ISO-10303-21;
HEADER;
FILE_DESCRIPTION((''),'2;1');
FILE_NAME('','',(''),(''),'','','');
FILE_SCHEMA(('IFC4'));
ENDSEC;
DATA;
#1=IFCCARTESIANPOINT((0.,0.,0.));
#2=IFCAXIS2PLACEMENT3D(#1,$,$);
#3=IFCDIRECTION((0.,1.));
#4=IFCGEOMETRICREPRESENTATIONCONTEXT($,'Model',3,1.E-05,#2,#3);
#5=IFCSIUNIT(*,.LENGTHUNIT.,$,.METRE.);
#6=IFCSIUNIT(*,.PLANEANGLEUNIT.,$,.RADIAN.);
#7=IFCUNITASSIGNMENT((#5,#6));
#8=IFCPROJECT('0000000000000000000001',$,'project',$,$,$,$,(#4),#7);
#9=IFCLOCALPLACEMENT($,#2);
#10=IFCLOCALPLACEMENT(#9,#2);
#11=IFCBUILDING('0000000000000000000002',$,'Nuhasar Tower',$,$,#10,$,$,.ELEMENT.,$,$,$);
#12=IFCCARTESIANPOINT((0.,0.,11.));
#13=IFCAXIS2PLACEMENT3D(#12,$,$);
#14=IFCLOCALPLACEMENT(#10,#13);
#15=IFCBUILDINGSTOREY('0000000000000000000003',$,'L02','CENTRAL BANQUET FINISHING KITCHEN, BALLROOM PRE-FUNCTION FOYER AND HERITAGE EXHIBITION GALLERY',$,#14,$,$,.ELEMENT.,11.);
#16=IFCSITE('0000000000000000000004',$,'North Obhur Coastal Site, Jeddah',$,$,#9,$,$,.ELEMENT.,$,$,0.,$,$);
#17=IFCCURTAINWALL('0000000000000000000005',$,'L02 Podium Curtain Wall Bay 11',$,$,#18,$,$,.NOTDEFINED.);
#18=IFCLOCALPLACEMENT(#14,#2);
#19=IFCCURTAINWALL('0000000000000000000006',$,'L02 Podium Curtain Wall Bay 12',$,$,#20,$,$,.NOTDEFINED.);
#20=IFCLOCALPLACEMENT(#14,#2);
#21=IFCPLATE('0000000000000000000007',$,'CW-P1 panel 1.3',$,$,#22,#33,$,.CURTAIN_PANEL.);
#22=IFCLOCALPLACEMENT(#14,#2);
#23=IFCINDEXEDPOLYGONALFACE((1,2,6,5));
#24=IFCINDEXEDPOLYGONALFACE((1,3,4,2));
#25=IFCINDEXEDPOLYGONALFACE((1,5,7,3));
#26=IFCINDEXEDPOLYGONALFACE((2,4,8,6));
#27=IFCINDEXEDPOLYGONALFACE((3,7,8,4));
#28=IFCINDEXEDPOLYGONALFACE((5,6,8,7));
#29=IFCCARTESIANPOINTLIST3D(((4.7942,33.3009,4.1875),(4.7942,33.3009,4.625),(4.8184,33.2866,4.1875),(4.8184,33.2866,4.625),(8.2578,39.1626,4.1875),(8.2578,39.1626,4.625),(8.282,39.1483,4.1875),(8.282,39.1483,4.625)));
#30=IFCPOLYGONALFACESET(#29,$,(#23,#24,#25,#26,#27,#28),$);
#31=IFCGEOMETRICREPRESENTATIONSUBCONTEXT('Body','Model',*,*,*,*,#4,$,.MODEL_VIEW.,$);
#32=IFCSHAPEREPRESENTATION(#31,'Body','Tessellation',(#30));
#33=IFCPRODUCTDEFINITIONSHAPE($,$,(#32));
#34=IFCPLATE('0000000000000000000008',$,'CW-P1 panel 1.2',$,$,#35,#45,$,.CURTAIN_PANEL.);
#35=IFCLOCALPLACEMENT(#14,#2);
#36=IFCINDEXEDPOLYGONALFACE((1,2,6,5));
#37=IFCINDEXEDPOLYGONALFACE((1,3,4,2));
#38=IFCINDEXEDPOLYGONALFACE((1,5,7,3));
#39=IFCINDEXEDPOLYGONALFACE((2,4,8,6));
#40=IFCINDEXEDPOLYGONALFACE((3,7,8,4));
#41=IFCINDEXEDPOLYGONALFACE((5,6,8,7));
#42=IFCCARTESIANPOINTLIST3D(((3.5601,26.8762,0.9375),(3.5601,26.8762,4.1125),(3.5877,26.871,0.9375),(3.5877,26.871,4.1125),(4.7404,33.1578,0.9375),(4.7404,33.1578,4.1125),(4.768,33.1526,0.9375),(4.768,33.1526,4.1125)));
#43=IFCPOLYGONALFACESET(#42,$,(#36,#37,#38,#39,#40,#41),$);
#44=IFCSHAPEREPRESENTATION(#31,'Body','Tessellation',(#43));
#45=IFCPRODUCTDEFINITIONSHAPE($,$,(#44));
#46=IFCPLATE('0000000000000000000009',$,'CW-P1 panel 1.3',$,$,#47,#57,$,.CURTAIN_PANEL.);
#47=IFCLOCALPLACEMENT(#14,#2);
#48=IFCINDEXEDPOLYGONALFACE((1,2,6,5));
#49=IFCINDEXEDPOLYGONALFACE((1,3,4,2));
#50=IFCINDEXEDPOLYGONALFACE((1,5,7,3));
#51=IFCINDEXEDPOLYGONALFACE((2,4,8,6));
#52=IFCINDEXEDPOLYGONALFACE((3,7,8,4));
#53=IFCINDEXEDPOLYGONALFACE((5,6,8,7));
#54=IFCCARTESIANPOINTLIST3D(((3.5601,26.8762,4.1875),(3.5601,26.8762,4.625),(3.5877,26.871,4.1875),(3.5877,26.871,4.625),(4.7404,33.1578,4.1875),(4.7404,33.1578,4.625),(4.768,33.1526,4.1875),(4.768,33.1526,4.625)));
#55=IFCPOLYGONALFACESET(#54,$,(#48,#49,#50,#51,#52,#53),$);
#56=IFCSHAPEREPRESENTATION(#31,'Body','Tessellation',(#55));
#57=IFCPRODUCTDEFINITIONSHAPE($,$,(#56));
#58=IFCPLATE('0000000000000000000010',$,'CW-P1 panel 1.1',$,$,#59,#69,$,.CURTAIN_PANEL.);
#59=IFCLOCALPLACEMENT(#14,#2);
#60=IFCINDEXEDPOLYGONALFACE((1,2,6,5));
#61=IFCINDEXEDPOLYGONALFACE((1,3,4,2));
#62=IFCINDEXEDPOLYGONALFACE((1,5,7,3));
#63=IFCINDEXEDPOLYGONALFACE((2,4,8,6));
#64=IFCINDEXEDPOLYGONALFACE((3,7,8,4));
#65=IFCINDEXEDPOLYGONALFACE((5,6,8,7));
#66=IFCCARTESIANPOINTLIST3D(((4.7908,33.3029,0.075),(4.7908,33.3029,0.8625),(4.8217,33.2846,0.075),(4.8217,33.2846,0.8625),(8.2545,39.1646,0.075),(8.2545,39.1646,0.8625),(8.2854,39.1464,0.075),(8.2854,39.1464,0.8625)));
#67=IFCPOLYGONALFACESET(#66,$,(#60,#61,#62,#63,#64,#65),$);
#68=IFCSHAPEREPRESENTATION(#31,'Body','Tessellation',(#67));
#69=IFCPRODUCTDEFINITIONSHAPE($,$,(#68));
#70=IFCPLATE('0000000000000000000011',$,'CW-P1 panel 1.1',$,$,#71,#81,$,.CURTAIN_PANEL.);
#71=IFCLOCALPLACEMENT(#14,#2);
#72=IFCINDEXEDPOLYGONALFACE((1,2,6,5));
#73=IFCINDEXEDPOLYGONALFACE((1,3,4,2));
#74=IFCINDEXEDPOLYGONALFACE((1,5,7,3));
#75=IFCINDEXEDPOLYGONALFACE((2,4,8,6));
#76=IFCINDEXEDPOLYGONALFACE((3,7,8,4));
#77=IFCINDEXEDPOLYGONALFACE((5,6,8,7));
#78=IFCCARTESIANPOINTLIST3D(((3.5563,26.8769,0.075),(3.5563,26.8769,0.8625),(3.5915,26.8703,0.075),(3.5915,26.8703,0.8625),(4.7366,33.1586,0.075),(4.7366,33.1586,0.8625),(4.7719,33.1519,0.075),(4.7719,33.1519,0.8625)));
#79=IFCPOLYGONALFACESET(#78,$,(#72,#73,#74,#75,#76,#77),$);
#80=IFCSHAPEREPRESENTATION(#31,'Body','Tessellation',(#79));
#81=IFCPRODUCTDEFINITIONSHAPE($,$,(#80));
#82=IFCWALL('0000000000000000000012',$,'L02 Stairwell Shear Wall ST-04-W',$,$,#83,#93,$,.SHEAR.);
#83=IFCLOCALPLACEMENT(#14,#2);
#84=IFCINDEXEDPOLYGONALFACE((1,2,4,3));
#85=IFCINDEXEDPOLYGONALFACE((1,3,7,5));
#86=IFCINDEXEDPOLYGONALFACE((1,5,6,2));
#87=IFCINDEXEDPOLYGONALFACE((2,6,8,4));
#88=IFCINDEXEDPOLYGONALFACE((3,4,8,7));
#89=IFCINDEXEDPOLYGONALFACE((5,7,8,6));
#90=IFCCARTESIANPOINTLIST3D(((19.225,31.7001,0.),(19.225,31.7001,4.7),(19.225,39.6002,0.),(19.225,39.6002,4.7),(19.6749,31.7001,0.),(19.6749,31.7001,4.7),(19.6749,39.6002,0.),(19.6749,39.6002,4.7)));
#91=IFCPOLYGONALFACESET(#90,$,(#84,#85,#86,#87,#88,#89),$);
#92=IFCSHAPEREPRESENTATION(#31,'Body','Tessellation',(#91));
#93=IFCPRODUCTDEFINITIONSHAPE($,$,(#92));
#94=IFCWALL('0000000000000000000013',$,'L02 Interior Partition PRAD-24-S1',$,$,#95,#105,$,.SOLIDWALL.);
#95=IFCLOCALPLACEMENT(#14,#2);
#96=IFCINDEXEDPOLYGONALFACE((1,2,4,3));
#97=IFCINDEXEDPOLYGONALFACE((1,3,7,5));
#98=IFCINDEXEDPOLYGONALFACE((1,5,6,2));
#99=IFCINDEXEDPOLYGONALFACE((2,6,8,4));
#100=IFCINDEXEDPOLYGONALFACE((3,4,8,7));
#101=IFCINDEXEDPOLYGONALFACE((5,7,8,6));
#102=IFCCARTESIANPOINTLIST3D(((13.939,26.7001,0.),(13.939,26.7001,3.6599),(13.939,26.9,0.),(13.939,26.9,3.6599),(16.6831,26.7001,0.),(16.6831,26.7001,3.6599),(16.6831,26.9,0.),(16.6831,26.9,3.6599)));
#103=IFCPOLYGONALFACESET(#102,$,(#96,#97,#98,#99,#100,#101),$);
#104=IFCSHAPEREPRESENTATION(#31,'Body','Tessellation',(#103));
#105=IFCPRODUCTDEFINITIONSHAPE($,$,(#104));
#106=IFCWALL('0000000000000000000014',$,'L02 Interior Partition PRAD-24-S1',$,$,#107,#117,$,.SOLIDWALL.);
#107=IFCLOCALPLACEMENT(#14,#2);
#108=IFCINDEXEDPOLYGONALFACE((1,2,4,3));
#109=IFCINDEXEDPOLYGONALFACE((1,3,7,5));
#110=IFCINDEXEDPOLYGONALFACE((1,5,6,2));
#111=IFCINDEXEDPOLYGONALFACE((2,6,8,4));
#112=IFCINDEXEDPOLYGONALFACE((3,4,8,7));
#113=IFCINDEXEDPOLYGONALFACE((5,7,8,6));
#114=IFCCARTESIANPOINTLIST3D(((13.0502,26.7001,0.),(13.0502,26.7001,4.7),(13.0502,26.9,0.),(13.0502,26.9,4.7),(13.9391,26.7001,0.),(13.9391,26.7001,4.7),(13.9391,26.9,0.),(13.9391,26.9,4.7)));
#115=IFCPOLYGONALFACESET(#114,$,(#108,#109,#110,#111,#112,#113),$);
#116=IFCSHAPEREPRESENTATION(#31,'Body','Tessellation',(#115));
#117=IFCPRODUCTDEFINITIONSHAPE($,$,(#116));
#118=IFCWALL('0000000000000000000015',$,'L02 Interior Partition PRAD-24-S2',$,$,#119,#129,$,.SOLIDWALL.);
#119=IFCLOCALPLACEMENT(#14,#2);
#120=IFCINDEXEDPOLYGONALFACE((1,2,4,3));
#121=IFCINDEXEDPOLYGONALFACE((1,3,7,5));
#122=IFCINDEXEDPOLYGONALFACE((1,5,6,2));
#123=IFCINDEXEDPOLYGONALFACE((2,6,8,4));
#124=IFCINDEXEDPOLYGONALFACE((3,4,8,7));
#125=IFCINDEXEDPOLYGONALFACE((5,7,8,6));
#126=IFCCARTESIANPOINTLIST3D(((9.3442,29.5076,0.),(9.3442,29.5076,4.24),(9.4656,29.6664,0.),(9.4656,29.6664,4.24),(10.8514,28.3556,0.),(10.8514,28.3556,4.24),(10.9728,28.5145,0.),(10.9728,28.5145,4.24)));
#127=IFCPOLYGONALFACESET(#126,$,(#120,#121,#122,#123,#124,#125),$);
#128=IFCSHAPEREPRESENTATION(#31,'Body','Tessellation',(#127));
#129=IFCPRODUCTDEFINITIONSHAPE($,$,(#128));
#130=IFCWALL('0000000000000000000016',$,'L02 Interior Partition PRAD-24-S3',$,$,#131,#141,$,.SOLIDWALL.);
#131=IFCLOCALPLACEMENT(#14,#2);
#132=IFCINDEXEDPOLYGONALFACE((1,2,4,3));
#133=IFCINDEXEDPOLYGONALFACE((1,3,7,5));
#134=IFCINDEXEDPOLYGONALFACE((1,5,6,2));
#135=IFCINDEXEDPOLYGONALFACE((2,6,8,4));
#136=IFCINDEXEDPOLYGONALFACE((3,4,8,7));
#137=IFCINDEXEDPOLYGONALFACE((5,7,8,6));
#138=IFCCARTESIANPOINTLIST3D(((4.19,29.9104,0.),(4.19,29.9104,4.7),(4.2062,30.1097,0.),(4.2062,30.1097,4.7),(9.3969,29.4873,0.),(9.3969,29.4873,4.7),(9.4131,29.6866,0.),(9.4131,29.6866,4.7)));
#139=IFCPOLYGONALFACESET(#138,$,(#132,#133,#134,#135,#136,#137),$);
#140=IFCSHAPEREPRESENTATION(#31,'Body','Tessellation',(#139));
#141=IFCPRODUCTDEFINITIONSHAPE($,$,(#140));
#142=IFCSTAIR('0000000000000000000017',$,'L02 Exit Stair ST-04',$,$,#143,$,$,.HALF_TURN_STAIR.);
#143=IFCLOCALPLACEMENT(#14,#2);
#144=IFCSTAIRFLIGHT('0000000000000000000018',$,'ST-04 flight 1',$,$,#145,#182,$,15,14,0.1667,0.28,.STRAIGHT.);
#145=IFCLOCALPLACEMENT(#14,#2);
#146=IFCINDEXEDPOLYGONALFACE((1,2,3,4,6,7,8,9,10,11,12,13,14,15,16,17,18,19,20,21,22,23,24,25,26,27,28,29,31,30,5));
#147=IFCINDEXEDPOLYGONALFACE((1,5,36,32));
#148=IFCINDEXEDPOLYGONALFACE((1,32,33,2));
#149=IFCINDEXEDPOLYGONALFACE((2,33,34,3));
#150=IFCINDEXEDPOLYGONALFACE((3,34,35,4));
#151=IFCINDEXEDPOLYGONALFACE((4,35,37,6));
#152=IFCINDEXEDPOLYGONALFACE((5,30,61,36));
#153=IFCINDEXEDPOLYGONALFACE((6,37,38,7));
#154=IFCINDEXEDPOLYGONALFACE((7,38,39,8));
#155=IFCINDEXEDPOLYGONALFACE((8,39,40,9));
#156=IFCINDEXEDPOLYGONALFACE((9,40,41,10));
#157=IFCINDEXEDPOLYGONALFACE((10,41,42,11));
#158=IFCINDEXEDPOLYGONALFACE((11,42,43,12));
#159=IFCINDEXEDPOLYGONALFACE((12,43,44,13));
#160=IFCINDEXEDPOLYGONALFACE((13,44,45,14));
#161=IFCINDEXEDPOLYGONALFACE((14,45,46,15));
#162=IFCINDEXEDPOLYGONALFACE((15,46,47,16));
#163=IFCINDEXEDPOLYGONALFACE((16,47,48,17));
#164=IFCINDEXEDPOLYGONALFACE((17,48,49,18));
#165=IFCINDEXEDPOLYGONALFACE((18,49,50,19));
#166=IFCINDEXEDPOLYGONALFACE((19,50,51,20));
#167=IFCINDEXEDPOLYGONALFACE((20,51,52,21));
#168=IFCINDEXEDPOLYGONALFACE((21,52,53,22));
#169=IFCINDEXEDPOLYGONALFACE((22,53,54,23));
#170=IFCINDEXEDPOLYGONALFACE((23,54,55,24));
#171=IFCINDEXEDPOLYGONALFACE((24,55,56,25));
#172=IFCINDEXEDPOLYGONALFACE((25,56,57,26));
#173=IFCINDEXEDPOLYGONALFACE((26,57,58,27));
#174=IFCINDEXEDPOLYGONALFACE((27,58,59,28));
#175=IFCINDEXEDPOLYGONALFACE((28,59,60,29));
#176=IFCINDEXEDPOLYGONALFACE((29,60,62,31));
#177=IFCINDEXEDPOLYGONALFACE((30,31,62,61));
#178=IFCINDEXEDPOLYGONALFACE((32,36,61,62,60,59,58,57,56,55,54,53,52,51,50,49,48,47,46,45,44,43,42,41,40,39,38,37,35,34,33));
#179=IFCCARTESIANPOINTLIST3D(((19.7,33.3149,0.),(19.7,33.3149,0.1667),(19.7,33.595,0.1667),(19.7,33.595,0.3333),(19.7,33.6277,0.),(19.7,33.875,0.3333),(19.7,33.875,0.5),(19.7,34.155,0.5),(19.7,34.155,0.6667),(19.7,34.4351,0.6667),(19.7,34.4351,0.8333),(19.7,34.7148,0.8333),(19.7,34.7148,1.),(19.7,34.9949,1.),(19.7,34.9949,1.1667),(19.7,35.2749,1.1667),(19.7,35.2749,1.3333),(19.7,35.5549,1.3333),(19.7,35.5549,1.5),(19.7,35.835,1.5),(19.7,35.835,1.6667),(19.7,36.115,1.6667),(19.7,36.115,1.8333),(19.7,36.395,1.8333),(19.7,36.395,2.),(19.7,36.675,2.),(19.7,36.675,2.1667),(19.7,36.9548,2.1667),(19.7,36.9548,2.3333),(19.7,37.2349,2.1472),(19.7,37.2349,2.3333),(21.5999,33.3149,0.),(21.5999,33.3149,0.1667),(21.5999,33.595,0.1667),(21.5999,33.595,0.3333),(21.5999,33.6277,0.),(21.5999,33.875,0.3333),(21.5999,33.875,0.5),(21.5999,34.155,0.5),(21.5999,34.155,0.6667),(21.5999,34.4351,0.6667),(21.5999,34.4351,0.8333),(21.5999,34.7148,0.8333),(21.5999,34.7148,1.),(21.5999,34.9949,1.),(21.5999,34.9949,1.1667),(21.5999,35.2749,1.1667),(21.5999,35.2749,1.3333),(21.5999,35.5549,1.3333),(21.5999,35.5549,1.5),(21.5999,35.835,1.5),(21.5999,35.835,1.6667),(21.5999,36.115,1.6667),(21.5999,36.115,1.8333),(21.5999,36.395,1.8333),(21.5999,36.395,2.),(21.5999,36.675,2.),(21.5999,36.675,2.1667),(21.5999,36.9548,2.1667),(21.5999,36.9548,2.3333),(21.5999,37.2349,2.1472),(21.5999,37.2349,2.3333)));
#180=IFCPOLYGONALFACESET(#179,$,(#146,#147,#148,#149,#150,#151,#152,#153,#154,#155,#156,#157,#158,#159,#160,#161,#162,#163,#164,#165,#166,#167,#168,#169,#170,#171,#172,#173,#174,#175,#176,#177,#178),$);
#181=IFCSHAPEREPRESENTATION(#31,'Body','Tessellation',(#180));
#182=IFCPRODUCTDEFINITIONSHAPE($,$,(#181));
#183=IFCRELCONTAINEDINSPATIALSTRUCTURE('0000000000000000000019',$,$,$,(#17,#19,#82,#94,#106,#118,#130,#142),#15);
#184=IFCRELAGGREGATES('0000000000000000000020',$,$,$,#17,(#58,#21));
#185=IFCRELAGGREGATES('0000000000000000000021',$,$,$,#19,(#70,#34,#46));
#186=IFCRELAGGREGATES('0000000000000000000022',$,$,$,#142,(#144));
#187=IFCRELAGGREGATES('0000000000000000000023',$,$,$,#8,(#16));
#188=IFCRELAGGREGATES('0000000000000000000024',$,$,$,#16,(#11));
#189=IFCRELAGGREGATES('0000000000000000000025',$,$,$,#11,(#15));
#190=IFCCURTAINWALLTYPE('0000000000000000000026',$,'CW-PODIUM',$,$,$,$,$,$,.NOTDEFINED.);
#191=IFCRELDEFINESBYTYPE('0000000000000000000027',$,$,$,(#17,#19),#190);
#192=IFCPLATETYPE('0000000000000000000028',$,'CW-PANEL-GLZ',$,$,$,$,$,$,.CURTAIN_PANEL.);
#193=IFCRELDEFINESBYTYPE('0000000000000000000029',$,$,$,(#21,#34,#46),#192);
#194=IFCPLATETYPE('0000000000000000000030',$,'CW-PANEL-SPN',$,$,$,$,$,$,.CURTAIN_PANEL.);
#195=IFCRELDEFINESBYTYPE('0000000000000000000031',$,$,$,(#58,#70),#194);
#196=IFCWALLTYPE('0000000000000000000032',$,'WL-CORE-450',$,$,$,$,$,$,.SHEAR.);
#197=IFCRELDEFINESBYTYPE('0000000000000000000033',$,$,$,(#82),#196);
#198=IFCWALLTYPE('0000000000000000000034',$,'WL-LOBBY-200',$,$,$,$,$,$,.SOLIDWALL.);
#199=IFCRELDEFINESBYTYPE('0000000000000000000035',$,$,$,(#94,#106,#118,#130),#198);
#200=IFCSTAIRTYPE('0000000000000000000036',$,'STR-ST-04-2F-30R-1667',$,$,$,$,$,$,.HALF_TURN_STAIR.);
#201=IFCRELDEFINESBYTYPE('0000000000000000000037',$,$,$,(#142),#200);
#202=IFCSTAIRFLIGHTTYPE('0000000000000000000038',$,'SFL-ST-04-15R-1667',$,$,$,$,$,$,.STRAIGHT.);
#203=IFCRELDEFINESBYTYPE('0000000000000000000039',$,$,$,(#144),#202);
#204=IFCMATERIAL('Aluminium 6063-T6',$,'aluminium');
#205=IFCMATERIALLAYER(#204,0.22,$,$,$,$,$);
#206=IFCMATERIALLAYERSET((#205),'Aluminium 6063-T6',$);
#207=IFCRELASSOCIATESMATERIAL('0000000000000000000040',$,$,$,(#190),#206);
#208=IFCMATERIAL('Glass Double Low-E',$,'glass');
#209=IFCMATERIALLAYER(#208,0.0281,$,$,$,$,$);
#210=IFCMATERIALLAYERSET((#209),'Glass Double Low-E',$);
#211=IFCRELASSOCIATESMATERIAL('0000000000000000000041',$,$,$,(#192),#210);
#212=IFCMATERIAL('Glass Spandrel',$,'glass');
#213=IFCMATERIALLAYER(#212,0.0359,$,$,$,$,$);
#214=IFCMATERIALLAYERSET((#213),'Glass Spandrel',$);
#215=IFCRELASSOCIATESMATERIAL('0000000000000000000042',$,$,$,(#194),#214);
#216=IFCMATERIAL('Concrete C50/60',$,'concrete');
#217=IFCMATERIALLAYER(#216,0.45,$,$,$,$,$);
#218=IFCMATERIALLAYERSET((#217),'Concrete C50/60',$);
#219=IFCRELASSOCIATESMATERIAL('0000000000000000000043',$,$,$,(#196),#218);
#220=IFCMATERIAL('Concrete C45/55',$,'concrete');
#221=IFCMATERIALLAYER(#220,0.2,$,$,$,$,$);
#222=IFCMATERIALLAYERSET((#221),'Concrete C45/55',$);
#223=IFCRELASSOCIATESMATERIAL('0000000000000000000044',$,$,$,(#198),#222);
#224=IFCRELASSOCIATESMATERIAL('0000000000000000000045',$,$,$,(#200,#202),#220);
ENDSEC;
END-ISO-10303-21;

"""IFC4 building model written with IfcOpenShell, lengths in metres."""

from ifc_helpers import new_model, si_unit, direction, frame, frame_2d, origin, origin_2d, place, context, subcontext, project, spatial, polyline, rectangle, outline, extrude, material, layer, layer_set, type_object, element, aggregate, save


model = new_model("IFC4")

# Units and contexts
model_context = context("Model", 3, precision=1e-05, world=origin(), true_north=direction((0.0, 1.0)))
body_context = subcontext(model_context, "Body", "Model", "MODEL_VIEW")
ifc_project = project(units=[si_unit("LENGTHUNIT", "METRE"), si_unit("PLANEANGLEUNIT", "RADIAN")], contexts=[model_context])

# Site, building, storey
site_placement = place(None, origin())
site = spatial("IfcSite", under=ifc_project, at=site_placement, Name="North Obhur Coastal Site, Jeddah", CompositionType="ELEMENT", RefElevation=0.0)
building_placement = place(site_placement, origin())
building = spatial("IfcBuilding", under=site, at=building_placement, Name="Nuhasar Tower", CompositionType="ELEMENT")
storey_placement = place(building_placement, frame((0.0, 0.0, 11.0)))
storey = spatial("IfcBuildingStorey", under=building, at=storey_placement, Name="L02", Description="CENTRAL BANQUET FINISHING KITCHEN, BALLROOM PRE-FUNCTION FOYER AND HERITAGE EXHIBITION GALLERY", CompositionType="ELEMENT", Elevation=11.0)

# Shared definitions
ifc_material_1 = material(Name="Concrete C50/60", Category="concrete")

# Curtain wall
ifc_material_2 = material(Name="Aluminium 6063-T6", Category="aluminium")
ifc_layer_1 = layer(ifc_material_2, 0.22)
ifc_layer_set_1 = layer_set([ifc_layer_1], Name="Aluminium 6063-T6")
curtain_wall_type = type_object("IfcCurtainWallType", Name="CW-PODIUM", PredefinedType="NOTDEFINED", material=ifc_layer_set_1)
curtain_wall_1_placement = place(storey_placement, origin())
curtain_wall_1 = element("IfcCurtainWall", 1, at=curtain_wall_1_placement, inside=storey, type_object=curtain_wall_type, Name="L02 Podium Curtain Wall Bay 11", PredefinedType="NOTDEFINED")

# Curtain wall
curtain_wall_2_placement = place(storey_placement, origin())
curtain_wall_2 = element("IfcCurtainWall", 2, at=curtain_wall_2_placement, inside=storey, type_object=curtain_wall_type, Name="L02 Podium Curtain Wall Bay 12", PredefinedType="NOTDEFINED")

# Plates
ifc_material_3 = material(Name="Glass Double Low-E", Category="glass")
ifc_layer_2 = layer(ifc_material_3, 0.0281)
ifc_layer_set_2 = layer_set([ifc_layer_2], Name="Glass Double Low-E")
plate_type_1 = type_object("IfcPlateType", Name="CW-PANEL-GLZ", PredefinedType="CURTAIN_PANEL", material=ifc_layer_set_2)
plate_1_placement = place(storey_placement, frame((6.5381, 36.2246, 4.1875), z_axis=(0.0, 0.0, 1.0), x_axis=(-0.508715, -0.860935, 0.0)))
plate_1 = element("IfcPlate", 3, at=plate_1_placement, type_object=plate_type_1, Name="CW-P1 panel 1.3", PredefinedType="CURTAIN_PANEL", context=body_context, shape_type="SweptSolid", body=[
    extrude(rectangle(XDim=6.8086, YDim=0.0281, at=origin_2d()), origin(), (0.0, 0.0, 1.0), 0.4375),
])
plate_2_placement = place(storey_placement, frame((4.1641, 30.0144, 0.9375), z_axis=(0.0, 0.0, 1.0), x_axis=(-0.184667, -0.982801, 0.0)))
plate_2 = element("IfcPlate", 4, at=plate_2_placement, type_object=plate_type_1, Name="CW-P1 panel 1.2", PredefinedType="CURTAIN_PANEL", context=body_context, shape_type="SweptSolid", body=[
    extrude(rectangle(XDim=6.3916, YDim=0.0281, at=origin_2d()), origin(), (0.0, 0.0, 1.0), 3.175),
])
plate_3_placement = place(storey_placement, frame((4.1641, 30.0144, 4.1875), z_axis=(0.0, 0.0, 1.0), x_axis=(-0.184667, -0.982801, 0.0)))
plate_3 = element("IfcPlate", 5, at=plate_3_placement, type_object=plate_type_1, Name="CW-P1 panel 1.3", PredefinedType="CURTAIN_PANEL", context=body_context, shape_type="SweptSolid", body=[
    extrude(rectangle(XDim=6.3916, YDim=0.0281, at=origin_2d()), origin(), (0.0, 0.0, 1.0), 0.4375),
])
ifc_material_4 = material(Name="Glass Spandrel", Category="glass")
ifc_layer_3 = layer(ifc_material_4, 0.0359)
ifc_layer_set_3 = layer_set([ifc_layer_3], Name="Glass Spandrel")
plate_type_2 = type_object("IfcPlateType", Name="CW-PANEL-SPN", PredefinedType="CURTAIN_PANEL", material=ifc_layer_set_3)
plate_4_placement = place(storey_placement, frame((6.5381, 36.2246, 0.075), z_axis=(0.0, 0.0, 1.0), x_axis=(-0.508715, -0.860935, 0.0)))
plate_4 = element("IfcPlate", 6, at=plate_4_placement, type_object=plate_type_2, Name="CW-P1 panel 1.1", PredefinedType="CURTAIN_PANEL", context=body_context, shape_type="SweptSolid", body=[
    extrude(rectangle(XDim=6.8086, YDim=0.0359, at=origin_2d()), origin(), (0.0, 0.0, 1.0), 0.7876),
])
aggregate(curtain_wall_1, [plate_4, plate_1])
plate_5_placement = place(storey_placement, frame((4.1641, 30.0144, 0.075), z_axis=(0.0, 0.0, 1.0), x_axis=(-0.184667, -0.982801, 0.0)))
plate_5 = element("IfcPlate", 7, at=plate_5_placement, type_object=plate_type_2, Name="CW-P1 panel 1.1", PredefinedType="CURTAIN_PANEL", context=body_context, shape_type="SweptSolid", body=[
    extrude(rectangle(XDim=6.3916, YDim=0.0359, at=origin_2d()), origin(), (0.0, 0.0, 1.0), 0.7876),
])
aggregate(curtain_wall_2, [plate_5, plate_2, plate_3])

# Shared definitions
ifc_layer_4 = layer(ifc_material_1, 0.45)
ifc_layer_set_4 = layer_set([ifc_layer_4], Name="Concrete C50/60")
wall_type_1 = type_object("IfcWallType", Name="WL-CORE-450", PredefinedType="SHEAR", material=ifc_layer_set_4)

# Walls
wall_1_placement = place(storey_placement, frame((19.45, 31.7, 0.0), z_axis=(0.0, 0.0, 1.0), x_axis=(0.0, 1.0, 0.0)))
element("IfcWall", 8, at=wall_1_placement, inside=storey, type_object=wall_type_1, Name="L02 Stairwell Shear Wall ST-04-W", PredefinedType="SHEAR", context=body_context, shape_type="SweptSolid", body=[
    extrude(rectangle(XDim=7.9001, YDim=0.45, at=frame_2d((3.9502, 0.0))), origin(), (0.0, 0.0, 1.0), 4.7),
])
ifc_material_5 = material(Name="Concrete C45/55", Category="concrete")
ifc_layer_5 = layer(ifc_material_5, 0.2)
ifc_layer_set_5 = layer_set([ifc_layer_5], Name="Concrete C45/55")
wall_type_2 = type_object("IfcWallType", Name="WL-LOBBY-200", PredefinedType="SOLIDWALL", material=ifc_layer_set_5)
wall_2_placement = place(storey_placement, frame((16.6831, 26.8, 0.0), z_axis=(0.0, 0.0, 1.0), x_axis=(-1.0, 0.0, 0.0)))
element("IfcWall", 9, at=wall_2_placement, inside=storey, type_object=wall_type_2, Name="L02 Interior Partition PRAD-24-S1", PredefinedType="SOLIDWALL", context=body_context, shape_type="SweptSolid", body=[
    extrude(rectangle(XDim=2.7441, YDim=0.2, at=frame_2d((1.3721, 0.0))), origin(), (0.0, 0.0, 1.0), 3.6599),
])
wall_3_placement = place(storey_placement, frame((13.939, 26.8, 0.0), z_axis=(0.0, 0.0, 1.0), x_axis=(-1.0, 0.0, 0.0)))
element("IfcWall", 10, at=wall_3_placement, inside=storey, type_object=wall_type_2, Name="L02 Interior Partition PRAD-24-S1", PredefinedType="SOLIDWALL", context=body_context, shape_type="SweptSolid", body=[
    extrude(rectangle(XDim=0.8889, YDim=0.2, at=frame_2d((0.4443, 0.0))), origin(), (0.0, 0.0, 1.0), 4.7),
])
wall_4_placement = place(storey_placement, frame((10.9121, 28.4351, 0.0), z_axis=(0.0, 0.0, 1.0), x_axis=(-0.794515, 0.607245, 0.0)))
element("IfcWall", 11, at=wall_4_placement, inside=storey, type_object=wall_type_2, Name="L02 Interior Partition PRAD-24-S2", PredefinedType="SOLIDWALL", context=body_context, shape_type="SweptSolid", body=[
    extrude(rectangle(XDim=1.897, YDim=0.2, at=frame_2d((0.9485, 0.0))), origin(), (0.0, 0.0, 1.0), 4.24),
])
wall_5_placement = place(storey_placement, frame((9.405, 29.5869, 0.0), z_axis=(0.0, 0.0, 1.0), x_axis=(-0.996715, 0.080988, 0.0)))
element("IfcWall", 12, at=wall_5_placement, inside=storey, type_object=wall_type_2, Name="L02 Interior Partition PRAD-24-S3", PredefinedType="SOLIDWALL", context=body_context, shape_type="SweptSolid", body=[
    extrude(rectangle(XDim=5.2241, YDim=0.2, at=frame_2d((2.6121, 0.0))), origin(), (0.0, 0.0, 1.0), 4.7),
])

# Stair, stair flight
stair_type = type_object("IfcStairType", Name="STR-ST-04-2F-30R-1667", PredefinedType="HALF_TURN_STAIR", material=ifc_material_5)
stair_placement = place(storey_placement, origin())
stair = element("IfcStair", 13, at=stair_placement, inside=storey, type_object=stair_type, Name="L02 Exit Stair ST-04", PredefinedType="HALF_TURN_STAIR")
stair_flight_type = type_object("IfcStairFlightType", Name="SFL-ST-04-15R-1667", PredefinedType="STRAIGHT", material=ifc_material_5)
stair_flight_placement = place(storey_placement, frame((20.6499, 33.3149, 0.0), z_axis=(0.0, 0.0, 1.0), x_axis=(0.0, 1.0, 0.0)))
stair_flight = element("IfcStairFlight", 14, at=stair_flight_placement, type_object=stair_flight_type, Name="ST-04 flight 1", NumberOfRisers=15, NumberOfTreads=14, PredefinedType="STRAIGHT", RiserHeight=0.1667, TreadLength=0.28, context=body_context, shape_type="SweptSolid", body=[
    extrude(outline(polyline([(0.0, 0.0), (0.0, 0.1667), (0.28, 0.1667), (0.28, 0.3333), (0.5601, 0.3333), (0.5601, 0.5), (0.8401, 0.5), (0.8401, 0.6667), (1.1201, 0.6667), (1.1201, 0.8333), (1.3999, 0.8333), (1.3999, 1.0), (1.6799, 1.0), (1.6799, 1.1667), (1.96, 1.1667), (1.96, 1.3333), (2.24, 1.3333), (2.24, 1.5), (2.52, 1.5), (2.52, 1.6667), (2.8, 1.6667), (2.8, 1.8333), (3.0801, 1.8333), (3.0801, 2.0), (3.3601, 2.0), (3.3601, 2.1667), (3.6399, 2.1667), (3.6399, 2.3333), (3.9199, 2.3333), (3.9199, 2.5), (3.9199, 2.1472), (0.3127, 0.0), (0.0, 0.0)])), frame((0.0, 0.95, 0.0), z_axis=(0.0, -1.0, 0.0), x_axis=(1.0, 0.0, 0.0)), (0.0, 0.0, 1.0), 1.8999),
])
aggregate(stair, [stair_flight])

save(model, "model.ifc")
